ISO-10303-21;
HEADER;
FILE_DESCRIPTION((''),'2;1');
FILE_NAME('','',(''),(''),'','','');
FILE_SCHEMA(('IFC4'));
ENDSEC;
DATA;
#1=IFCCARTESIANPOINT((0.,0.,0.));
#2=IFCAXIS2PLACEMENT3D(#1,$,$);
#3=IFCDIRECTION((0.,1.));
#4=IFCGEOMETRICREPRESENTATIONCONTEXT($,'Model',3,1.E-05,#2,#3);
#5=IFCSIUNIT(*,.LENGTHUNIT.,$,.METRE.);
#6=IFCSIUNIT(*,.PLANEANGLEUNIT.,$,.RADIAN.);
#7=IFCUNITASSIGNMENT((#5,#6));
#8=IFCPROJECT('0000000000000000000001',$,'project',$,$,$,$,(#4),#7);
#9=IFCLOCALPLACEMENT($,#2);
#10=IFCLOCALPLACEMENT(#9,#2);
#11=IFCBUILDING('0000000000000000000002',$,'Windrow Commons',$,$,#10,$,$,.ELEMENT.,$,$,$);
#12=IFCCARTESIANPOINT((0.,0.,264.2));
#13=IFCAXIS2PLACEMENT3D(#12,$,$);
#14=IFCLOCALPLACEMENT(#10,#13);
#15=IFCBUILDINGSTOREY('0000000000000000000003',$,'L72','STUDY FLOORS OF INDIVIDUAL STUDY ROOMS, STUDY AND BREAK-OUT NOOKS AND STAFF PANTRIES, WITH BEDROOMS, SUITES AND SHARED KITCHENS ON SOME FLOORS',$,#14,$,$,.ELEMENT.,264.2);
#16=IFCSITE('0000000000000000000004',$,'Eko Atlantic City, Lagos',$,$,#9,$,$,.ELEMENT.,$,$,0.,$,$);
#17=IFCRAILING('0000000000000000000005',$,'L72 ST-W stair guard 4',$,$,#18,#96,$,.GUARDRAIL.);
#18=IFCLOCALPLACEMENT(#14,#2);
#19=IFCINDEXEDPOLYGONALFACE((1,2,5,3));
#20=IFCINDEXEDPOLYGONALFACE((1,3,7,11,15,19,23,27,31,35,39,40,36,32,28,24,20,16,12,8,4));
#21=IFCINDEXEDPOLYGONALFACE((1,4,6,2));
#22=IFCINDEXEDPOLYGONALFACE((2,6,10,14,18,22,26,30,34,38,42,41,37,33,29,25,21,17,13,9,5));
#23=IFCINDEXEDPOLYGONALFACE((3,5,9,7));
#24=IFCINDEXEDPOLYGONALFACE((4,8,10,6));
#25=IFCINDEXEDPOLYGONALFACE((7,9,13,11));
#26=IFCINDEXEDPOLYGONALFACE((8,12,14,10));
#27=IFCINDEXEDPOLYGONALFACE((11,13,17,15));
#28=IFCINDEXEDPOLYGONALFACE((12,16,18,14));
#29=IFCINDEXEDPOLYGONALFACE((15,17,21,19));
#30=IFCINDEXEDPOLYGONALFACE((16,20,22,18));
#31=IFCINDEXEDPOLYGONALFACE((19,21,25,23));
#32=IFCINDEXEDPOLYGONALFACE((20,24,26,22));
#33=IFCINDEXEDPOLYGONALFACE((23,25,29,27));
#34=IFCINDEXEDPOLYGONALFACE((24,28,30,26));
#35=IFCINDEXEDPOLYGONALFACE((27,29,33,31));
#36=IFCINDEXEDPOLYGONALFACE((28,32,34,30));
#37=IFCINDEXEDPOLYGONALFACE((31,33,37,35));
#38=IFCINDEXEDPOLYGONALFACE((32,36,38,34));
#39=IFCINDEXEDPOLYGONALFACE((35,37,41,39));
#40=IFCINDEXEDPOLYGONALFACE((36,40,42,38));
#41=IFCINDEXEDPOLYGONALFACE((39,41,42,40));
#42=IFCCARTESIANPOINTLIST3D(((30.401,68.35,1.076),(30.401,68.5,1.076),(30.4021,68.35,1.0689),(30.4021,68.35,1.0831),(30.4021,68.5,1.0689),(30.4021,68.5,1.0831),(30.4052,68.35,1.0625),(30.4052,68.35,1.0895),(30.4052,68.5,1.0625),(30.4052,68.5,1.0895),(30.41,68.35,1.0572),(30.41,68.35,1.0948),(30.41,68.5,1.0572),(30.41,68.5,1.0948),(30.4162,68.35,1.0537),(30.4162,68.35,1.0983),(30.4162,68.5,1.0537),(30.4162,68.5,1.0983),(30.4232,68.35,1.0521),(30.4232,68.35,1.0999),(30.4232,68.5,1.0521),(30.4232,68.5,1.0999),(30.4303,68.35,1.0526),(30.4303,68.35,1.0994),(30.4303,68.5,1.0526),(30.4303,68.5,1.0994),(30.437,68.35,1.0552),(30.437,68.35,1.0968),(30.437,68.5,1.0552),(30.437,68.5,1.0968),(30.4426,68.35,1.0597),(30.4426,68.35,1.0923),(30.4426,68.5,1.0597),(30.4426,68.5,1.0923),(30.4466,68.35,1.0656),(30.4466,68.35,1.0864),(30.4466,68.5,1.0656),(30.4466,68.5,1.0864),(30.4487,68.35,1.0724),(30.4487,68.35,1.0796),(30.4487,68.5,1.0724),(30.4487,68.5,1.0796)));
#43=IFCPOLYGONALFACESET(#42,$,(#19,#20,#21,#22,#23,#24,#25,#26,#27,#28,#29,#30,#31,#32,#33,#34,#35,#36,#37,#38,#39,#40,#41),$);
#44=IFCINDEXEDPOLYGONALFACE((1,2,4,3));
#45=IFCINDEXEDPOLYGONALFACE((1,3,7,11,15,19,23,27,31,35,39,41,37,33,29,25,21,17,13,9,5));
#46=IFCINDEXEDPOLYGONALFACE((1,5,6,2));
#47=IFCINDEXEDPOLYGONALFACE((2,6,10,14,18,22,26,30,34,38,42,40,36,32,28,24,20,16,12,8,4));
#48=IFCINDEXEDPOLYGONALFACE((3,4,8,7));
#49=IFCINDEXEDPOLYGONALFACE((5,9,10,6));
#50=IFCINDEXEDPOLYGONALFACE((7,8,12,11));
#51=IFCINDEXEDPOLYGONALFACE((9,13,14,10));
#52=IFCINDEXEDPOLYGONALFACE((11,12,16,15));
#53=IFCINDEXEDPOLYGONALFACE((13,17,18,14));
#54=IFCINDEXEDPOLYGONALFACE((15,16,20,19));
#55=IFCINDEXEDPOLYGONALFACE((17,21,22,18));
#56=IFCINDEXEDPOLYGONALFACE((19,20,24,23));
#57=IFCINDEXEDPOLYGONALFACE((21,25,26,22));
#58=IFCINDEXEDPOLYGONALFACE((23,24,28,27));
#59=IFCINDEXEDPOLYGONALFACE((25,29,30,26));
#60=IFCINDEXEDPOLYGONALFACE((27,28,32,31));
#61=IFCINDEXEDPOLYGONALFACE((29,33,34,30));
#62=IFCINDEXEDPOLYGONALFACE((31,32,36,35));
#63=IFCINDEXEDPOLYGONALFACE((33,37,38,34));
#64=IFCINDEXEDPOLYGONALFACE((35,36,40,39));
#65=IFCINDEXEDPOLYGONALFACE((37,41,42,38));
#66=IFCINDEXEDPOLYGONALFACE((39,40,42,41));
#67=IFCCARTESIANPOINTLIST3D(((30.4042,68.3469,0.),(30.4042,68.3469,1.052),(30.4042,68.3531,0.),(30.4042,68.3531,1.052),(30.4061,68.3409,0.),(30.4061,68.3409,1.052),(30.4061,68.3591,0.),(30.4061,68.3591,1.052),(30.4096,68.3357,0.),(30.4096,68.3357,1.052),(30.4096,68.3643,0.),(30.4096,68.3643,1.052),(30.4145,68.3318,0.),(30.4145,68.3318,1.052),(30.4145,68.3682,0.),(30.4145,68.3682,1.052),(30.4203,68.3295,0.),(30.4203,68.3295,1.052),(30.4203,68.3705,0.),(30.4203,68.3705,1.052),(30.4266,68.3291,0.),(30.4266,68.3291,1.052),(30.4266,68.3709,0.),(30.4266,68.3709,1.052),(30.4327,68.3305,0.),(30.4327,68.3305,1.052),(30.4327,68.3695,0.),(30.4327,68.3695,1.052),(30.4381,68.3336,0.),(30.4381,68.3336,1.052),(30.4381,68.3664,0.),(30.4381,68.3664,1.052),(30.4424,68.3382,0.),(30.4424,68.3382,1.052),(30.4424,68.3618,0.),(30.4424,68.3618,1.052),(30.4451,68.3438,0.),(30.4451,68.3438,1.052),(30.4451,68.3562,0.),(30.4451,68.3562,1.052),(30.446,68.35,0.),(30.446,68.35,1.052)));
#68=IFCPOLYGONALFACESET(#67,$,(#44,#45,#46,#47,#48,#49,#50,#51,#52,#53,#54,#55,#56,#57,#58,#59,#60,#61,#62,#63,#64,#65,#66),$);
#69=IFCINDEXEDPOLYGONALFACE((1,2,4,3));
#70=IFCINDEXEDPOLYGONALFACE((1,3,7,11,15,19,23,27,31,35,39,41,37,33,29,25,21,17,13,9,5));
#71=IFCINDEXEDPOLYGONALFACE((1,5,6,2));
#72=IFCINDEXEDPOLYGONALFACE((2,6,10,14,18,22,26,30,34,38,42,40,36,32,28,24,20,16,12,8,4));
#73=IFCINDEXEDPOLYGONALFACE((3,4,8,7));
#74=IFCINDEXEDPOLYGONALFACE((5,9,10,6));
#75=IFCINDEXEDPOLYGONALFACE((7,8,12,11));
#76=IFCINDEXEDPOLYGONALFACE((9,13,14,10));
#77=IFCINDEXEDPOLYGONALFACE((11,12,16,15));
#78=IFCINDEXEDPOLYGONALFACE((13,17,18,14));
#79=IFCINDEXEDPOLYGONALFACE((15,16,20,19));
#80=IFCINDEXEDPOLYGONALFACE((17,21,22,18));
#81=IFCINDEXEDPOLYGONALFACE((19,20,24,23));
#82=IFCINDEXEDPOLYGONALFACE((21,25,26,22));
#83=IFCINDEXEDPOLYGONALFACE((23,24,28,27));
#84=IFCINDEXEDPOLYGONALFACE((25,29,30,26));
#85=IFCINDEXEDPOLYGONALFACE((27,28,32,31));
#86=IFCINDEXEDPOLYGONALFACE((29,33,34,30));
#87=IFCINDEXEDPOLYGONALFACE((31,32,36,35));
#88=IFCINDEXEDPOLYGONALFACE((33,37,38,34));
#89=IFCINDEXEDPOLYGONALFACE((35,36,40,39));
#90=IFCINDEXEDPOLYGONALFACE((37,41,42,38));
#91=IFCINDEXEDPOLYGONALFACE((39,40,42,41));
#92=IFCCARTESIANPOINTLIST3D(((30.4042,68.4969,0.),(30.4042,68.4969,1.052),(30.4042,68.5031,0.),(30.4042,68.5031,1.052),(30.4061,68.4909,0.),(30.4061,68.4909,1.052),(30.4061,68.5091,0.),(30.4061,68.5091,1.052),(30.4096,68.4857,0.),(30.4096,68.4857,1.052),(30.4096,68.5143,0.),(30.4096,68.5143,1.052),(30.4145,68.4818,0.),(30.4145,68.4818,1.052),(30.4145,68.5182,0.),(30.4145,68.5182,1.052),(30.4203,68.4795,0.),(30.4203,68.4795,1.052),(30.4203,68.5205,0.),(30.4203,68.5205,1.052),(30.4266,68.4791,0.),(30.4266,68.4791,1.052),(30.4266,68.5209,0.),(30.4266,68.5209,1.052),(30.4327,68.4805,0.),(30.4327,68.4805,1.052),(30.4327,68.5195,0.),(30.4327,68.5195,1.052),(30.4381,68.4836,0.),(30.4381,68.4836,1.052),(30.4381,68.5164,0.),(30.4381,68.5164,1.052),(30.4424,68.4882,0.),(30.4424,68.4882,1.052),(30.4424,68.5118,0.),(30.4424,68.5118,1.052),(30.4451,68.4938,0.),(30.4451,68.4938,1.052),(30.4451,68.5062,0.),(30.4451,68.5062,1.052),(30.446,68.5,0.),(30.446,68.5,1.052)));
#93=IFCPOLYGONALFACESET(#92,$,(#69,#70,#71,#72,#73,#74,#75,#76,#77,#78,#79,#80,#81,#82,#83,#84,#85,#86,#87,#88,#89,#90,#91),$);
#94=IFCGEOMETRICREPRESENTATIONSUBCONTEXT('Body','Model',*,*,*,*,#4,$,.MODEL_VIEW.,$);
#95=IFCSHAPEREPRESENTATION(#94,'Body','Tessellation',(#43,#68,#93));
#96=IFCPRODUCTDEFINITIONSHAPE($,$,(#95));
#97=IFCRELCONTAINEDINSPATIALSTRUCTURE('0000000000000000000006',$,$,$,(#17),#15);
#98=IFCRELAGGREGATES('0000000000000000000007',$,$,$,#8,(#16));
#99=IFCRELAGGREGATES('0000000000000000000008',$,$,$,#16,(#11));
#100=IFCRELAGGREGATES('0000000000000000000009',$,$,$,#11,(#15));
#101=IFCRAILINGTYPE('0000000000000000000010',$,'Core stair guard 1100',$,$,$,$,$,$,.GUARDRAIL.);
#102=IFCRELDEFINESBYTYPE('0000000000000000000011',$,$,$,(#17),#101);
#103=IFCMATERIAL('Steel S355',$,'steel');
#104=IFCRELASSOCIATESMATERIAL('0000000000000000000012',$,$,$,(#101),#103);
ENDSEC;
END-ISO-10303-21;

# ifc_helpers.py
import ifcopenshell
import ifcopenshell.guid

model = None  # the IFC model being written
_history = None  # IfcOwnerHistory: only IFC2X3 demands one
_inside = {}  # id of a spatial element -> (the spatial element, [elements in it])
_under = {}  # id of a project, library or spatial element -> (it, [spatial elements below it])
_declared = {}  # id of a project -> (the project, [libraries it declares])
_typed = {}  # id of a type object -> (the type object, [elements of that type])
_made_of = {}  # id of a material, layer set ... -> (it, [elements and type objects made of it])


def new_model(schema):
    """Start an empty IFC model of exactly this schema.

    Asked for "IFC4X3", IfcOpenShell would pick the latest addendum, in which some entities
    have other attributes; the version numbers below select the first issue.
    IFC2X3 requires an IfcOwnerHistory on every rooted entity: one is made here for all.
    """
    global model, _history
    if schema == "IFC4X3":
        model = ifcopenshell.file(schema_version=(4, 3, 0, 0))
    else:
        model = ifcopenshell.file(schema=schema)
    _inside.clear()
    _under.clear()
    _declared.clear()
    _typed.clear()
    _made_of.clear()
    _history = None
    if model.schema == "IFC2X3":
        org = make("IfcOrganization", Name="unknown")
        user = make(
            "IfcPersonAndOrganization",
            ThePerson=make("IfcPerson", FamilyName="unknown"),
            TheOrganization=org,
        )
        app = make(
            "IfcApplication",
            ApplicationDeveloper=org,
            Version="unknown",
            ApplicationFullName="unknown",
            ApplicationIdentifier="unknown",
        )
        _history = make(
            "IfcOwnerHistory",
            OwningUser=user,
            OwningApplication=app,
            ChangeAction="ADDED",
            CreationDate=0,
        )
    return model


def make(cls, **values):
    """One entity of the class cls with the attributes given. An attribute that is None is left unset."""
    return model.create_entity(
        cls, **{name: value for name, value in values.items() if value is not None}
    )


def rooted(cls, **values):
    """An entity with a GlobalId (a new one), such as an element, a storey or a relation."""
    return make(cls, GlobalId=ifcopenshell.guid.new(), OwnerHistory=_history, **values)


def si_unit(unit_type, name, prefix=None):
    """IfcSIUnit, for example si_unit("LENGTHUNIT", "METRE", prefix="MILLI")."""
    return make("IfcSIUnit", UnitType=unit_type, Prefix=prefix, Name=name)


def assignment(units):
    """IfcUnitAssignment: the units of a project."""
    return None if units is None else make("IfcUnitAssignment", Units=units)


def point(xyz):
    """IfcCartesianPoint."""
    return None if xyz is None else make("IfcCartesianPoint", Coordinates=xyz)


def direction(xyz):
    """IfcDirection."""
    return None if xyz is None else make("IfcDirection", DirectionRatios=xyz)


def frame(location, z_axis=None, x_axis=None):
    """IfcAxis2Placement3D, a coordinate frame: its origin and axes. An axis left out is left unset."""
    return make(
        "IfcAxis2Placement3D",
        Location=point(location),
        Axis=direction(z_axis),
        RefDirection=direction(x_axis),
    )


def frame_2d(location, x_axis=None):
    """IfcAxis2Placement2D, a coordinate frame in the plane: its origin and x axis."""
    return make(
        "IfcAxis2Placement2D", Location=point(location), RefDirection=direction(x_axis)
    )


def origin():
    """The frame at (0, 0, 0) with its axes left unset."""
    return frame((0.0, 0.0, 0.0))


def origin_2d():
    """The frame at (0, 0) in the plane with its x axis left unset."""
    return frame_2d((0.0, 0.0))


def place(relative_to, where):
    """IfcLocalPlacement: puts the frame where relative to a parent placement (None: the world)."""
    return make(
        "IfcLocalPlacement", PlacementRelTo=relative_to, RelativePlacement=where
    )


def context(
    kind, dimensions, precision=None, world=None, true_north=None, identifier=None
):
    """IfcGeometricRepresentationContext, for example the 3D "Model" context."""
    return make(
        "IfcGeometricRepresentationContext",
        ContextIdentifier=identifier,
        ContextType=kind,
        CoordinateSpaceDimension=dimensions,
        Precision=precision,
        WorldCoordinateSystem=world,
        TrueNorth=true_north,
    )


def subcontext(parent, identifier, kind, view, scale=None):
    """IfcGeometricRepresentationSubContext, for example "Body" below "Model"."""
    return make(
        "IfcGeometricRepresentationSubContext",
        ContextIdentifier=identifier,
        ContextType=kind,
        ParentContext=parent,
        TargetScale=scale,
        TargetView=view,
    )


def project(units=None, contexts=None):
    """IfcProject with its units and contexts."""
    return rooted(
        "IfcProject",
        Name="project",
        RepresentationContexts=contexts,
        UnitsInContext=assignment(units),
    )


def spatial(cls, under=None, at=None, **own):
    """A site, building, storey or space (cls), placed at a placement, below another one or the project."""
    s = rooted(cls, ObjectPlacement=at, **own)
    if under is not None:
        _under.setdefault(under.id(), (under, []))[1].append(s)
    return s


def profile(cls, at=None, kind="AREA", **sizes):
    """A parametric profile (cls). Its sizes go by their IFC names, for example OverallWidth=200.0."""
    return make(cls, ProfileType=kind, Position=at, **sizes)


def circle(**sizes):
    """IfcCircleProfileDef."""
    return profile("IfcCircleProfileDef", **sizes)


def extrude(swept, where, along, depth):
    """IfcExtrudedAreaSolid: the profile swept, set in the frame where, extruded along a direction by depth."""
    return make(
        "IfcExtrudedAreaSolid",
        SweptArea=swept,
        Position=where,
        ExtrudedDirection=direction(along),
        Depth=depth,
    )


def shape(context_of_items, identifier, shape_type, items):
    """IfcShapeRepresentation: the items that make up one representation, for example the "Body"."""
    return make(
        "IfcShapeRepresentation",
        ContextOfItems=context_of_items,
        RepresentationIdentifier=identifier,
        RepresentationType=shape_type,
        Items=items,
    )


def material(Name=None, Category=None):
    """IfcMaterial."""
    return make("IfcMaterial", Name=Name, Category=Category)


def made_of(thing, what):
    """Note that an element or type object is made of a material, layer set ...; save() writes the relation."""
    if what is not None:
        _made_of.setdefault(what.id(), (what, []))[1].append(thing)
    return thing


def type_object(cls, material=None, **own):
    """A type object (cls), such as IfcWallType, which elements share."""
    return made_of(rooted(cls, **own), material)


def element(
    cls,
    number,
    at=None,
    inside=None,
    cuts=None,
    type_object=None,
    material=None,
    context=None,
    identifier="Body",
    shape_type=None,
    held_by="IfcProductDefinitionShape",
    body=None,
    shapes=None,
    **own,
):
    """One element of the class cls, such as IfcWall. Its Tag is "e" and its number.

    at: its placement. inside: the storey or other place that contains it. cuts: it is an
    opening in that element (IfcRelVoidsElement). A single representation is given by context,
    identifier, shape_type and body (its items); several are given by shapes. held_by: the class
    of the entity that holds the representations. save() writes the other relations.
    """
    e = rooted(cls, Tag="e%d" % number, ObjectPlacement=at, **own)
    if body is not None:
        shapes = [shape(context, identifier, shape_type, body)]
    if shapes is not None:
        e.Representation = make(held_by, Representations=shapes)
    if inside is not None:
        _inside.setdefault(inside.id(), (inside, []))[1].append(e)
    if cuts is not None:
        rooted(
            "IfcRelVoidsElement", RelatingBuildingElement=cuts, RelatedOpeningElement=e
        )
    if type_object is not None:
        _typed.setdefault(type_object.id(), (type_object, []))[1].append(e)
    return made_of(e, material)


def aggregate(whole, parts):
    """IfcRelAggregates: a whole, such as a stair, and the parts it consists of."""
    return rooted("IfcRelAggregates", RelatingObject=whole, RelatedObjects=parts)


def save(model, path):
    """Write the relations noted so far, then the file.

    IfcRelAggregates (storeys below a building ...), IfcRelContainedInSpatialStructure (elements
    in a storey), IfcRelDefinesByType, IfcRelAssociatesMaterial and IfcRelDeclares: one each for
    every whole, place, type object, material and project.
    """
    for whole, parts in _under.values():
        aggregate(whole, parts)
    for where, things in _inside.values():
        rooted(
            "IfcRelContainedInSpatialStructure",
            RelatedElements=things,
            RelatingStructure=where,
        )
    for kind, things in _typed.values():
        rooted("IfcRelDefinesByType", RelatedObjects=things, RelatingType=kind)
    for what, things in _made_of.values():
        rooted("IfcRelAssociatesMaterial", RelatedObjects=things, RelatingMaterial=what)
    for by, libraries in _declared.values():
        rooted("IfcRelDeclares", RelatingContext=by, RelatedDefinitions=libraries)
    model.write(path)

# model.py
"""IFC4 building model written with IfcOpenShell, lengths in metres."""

from ifc_helpers import new_model, si_unit, direction, frame, origin, origin_2d, place, context, subcontext, project, spatial, circle, extrude, material, type_object, element, save


model = new_model("IFC4")

# Units and contexts
model_context = context("Model", 3, precision=1e-05, world=origin(), true_north=direction((0.0, 1.0)))
body_context = subcontext(model_context, "Body", "Model", "MODEL_VIEW")
ifc_project = project(units=[si_unit("LENGTHUNIT", "METRE"), si_unit("PLANEANGLEUNIT", "RADIAN")], contexts=[model_context])

# Site, building, storey
site_placement = place(None, origin())
site = spatial("IfcSite", under=ifc_project, at=site_placement, Name="Eko Atlantic City, Lagos", CompositionType="ELEMENT", RefElevation=0.0)
building_placement = place(site_placement, origin())
building = spatial("IfcBuilding", under=site, at=building_placement, Name="Windrow Commons", CompositionType="ELEMENT")
storey_placement = place(building_placement, frame((0.0, 0.0, 264.2)))
storey = spatial("IfcBuildingStorey", under=building, at=storey_placement, Name="L72", Description="STUDY FLOORS OF INDIVIDUAL STUDY ROOMS, STUDY AND BREAK-OUT NOOKS AND STAFF PANTRIES, WITH BEDROOMS, SUITES AND SHARED KITCHENS ON SOME FLOORS", CompositionType="ELEMENT", Elevation=264.2)

# Railing
ifc_material_1 = material(Name="Steel S355", Category="steel")
railing_type_1 = type_object("IfcRailingType", Name="Core stair guard 1100", PredefinedType="GUARDRAIL", material=ifc_material_1)
railing_1_placement = place(storey_placement, frame((30.425, 68.35, 0.0)))
element("IfcRailing", 1, at=railing_1_placement, inside=storey, type_object=railing_type_1, Name="L72 ST-W stair guard 4", PredefinedType="GUARDRAIL", context=body_context, shape_type="SweptSolid", body=[
    extrude(circle(Radius=0.024, at=origin_2d()), frame((0.0, 0.0, 1.076), z_axis=(0.0, 1.0, 0.0), x_axis=(-1.0, 0.0, 0.0)), (0.0, 0.0, 1.0), 0.15),
    extrude(circle(Radius=0.021, at=origin_2d()), origin(), (0.0, 0.0, 1.0), 1.052),
    extrude(circle(Radius=0.021, at=origin_2d()), frame((0.0, 0.15, 0.0)), (0.0, 0.0, 1.0), 1.052),
])

save(model, "model.ifc")
